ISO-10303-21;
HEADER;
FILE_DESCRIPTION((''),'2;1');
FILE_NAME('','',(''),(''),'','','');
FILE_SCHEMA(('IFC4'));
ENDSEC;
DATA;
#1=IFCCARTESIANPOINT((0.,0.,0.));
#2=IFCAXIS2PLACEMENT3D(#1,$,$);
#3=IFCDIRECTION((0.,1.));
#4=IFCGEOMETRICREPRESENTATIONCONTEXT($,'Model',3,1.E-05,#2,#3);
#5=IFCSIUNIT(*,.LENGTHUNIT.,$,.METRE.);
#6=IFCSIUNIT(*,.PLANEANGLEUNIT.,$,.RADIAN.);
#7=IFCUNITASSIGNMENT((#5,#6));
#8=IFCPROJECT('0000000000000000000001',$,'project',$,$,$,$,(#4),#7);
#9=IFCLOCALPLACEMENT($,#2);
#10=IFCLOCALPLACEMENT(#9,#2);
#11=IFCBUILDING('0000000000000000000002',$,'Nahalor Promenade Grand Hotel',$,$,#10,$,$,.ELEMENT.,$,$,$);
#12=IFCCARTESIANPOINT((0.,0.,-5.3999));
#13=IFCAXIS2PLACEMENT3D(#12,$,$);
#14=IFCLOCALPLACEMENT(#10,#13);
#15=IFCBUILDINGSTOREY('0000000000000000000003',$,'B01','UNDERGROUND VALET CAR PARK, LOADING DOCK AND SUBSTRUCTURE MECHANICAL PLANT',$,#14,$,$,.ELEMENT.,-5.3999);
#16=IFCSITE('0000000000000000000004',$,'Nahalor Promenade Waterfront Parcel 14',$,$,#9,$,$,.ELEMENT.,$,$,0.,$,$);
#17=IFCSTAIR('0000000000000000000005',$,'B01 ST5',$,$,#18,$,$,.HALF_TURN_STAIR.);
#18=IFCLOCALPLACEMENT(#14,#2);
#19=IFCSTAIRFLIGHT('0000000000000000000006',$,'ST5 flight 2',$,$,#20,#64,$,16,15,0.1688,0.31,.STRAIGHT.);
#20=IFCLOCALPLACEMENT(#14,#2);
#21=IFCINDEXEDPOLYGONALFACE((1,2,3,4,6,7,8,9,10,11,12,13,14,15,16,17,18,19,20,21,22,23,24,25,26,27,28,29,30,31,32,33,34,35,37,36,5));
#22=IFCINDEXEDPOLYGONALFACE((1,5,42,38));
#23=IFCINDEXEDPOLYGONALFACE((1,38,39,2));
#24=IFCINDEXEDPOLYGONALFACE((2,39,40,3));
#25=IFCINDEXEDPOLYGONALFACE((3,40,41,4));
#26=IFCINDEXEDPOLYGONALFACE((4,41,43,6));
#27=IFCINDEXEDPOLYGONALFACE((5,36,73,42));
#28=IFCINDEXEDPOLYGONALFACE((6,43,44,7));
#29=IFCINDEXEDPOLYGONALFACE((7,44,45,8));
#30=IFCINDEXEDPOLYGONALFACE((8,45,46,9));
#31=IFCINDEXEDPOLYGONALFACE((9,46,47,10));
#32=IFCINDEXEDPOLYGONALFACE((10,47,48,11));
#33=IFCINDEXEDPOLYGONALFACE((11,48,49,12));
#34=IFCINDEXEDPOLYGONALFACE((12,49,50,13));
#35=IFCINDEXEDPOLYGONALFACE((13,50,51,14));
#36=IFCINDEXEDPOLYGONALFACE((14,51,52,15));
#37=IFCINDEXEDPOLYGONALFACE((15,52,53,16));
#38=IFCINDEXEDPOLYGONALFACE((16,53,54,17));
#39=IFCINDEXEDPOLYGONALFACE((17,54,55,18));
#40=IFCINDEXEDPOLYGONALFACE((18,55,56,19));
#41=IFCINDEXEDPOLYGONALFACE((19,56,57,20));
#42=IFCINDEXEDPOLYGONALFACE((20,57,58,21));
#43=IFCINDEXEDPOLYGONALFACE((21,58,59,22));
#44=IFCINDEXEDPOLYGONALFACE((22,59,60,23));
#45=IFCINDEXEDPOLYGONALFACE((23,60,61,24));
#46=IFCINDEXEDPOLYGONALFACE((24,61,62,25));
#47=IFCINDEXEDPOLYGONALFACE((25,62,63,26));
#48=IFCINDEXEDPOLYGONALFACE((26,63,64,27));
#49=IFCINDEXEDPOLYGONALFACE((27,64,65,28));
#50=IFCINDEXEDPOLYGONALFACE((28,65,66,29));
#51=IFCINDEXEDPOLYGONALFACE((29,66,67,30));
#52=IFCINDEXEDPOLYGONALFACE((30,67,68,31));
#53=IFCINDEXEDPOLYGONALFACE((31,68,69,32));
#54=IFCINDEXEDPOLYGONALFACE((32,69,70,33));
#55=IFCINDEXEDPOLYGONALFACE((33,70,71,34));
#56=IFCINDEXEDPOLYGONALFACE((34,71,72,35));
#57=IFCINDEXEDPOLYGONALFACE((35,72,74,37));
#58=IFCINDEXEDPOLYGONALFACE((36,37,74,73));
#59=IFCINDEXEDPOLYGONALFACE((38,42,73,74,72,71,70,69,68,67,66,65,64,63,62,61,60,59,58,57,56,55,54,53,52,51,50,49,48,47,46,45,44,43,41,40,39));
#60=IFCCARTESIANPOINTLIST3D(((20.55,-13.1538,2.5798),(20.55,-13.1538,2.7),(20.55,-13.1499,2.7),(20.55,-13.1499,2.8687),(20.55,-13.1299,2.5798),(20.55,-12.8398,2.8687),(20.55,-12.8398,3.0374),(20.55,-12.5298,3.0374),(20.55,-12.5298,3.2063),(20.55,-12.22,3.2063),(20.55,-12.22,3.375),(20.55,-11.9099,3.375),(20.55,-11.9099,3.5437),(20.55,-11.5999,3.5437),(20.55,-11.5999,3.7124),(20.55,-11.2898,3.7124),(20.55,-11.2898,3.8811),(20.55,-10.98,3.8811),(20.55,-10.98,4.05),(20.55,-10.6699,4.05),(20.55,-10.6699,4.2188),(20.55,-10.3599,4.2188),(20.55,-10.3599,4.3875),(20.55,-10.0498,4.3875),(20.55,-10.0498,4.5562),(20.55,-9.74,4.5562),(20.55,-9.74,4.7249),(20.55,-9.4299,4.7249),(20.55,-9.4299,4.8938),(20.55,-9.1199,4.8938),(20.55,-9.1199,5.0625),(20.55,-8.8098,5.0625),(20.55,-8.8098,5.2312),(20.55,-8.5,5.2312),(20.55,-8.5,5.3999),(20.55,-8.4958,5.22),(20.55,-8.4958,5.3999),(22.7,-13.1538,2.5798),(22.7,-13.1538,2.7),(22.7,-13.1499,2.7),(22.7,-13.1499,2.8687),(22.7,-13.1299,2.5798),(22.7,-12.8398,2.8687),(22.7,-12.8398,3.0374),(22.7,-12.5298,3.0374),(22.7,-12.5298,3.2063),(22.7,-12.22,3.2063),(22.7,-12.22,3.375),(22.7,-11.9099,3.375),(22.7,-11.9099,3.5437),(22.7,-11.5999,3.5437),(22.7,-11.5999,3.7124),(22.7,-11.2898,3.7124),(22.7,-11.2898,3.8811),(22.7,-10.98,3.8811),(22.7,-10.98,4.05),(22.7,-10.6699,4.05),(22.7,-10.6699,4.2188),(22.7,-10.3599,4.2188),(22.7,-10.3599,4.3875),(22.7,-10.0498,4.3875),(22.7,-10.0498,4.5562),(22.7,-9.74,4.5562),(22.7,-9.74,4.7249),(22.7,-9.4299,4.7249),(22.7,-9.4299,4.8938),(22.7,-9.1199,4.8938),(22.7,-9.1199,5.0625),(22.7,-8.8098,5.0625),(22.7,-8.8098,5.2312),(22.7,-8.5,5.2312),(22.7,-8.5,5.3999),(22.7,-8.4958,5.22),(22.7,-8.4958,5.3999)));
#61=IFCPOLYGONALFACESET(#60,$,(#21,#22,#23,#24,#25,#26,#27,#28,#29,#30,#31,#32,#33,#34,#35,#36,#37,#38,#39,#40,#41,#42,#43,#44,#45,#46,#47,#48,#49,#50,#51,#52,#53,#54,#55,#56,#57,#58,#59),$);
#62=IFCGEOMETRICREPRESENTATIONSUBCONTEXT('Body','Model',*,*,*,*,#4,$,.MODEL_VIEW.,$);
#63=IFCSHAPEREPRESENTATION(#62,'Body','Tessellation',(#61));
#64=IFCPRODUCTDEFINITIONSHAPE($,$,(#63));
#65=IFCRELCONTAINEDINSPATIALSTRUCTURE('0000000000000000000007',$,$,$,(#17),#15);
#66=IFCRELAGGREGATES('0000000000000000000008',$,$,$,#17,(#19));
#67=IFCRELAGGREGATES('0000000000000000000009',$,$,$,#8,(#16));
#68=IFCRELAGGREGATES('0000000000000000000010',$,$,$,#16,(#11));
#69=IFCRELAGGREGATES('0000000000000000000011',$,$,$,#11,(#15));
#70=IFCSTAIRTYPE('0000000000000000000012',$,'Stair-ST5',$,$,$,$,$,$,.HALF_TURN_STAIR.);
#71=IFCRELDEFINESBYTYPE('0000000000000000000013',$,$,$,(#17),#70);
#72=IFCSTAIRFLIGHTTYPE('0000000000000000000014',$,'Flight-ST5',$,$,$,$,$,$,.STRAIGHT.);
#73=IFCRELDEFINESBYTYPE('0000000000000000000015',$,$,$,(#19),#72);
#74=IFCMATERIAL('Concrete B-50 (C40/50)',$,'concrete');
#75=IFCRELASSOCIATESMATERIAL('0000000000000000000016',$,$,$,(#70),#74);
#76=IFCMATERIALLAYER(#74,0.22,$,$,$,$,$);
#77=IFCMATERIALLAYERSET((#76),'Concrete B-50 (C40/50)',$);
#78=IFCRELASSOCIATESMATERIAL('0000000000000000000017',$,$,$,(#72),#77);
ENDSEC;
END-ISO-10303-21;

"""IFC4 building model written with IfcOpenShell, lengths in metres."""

from ifc_helpers import new_model, si_unit, direction, frame, origin, place, context, subcontext, project, spatial, polyline, outline, extrude, source, transform, mapped, material, layer, layer_set, type_object, element, aggregate, save


model = new_model("IFC4")

# Units and contexts
model_context = context("Model", 3, precision=1e-05, world=origin(), true_north=direction((0.0, 1.0)))
body_context = subcontext(model_context, "Body", "Model", "MODEL_VIEW")
ifc_project = project(units=[si_unit("LENGTHUNIT", "METRE"), si_unit("PLANEANGLEUNIT", "RADIAN")], contexts=[model_context])

# Site, building, storey
site_placement = place(None, origin())
site = spatial("IfcSite", under=ifc_project, at=site_placement, Name="Nahalor Promenade Waterfront Parcel 14", CompositionType="ELEMENT", RefElevation=0.0)
building_placement = place(site_placement, origin())
building = spatial("IfcBuilding", under=site, at=building_placement, Name="Nahalor Promenade Grand Hotel", CompositionType="ELEMENT")
storey_placement = place(building_placement, frame((0.0, 0.0, -5.3999)))
storey = spatial("IfcBuildingStorey", under=building, at=storey_placement, Name="B01", Description="UNDERGROUND VALET CAR PARK, LOADING DOCK AND SUBSTRUCTURE MECHANICAL PLANT", CompositionType="ELEMENT", Elevation=-5.3999)

# Shared definitions
ifc_material_1 = material(Name="Concrete B-50 (C40/50)", Category="concrete")

# Stair, stair flight
stair_type = type_object("IfcStairType", Name="Stair-ST5", PredefinedType="HALF_TURN_STAIR", material=ifc_material_1)
stair_placement = place(storey_placement, origin())
stair = element("IfcStair", 1, at=stair_placement, inside=storey, type_object=stair_type, Name="B01 ST5", PredefinedType="HALF_TURN_STAIR")
ifc_layer_1 = layer(ifc_material_1, 0.22)
ifc_layer_set_1 = layer_set([ifc_layer_1], Name="Concrete B-50 (C40/50)")
stair_flight_type = type_object("IfcStairFlightType", Name="Flight-ST5", PredefinedType="STRAIGHT", material=ifc_layer_set_1)
shared_shape_1 = source(origin(), body_context, "Body", "SweptSolid", [
    extrude(outline(polyline([(-0.0039, -0.1201), (-0.0039, 0.0), (0.0, 0.0), (0.0, 0.1687), (0.3101, 0.1687), (0.3101, 0.3374), (0.6201, 0.3374), (0.6201, 0.5063), (0.9299, 0.5063), (0.9299, 0.675), (1.24, 0.675), (1.24, 0.8438), (1.55, 0.8438), (1.55, 1.0125), (1.8601, 1.0125), (1.8601, 1.1812), (2.1699, 1.1812), (2.1699, 1.3501), (2.48, 1.3501), (2.48, 1.5188), (2.79, 1.5188), (2.79, 1.6875), (3.1001, 1.6875), (3.1001, 1.8562), (3.4099, 1.8562), (3.4099, 2.0249), (3.72, 2.0249), (3.72, 2.1938), (4.03, 2.1938), (4.03, 2.3625), (4.3401, 2.3625), (4.3401, 2.5312), (4.6499, 2.5312), (4.6499, 2.7), (4.6541, 2.7), (4.6541, 2.52), (0.02, -0.1201), (-0.0039, -0.1201)])), frame((0.0, 1.075, 0.0), z_axis=(0.0, -1.0, 0.0), x_axis=(1.0, 0.0, 0.0)), (0.0, 0.0, 1.0), 2.1499),
])
stair_flight_1_placement = place(storey_placement, frame((21.625, -13.1499, 2.7), z_axis=(0.0, 0.0, 1.0), x_axis=(0.0, 1.0, 0.0)))
stair_flight_1 = element("IfcStairFlight", 2, at=stair_flight_1_placement, type_object=stair_flight_type, Name="ST5 flight 2", NumberOfRisers=16, NumberOfTreads=15, PredefinedType="STRAIGHT", RiserHeight=0.1688, TreadLength=0.31, context=body_context, shape_type="MappedRepresentation", body=[
    mapped(shared_shape_1, transform((0.0, 0.0, 0.0), scale=1.0)),
])
aggregate(stair, [stair_flight_1])

save(model, "model.ifc")
